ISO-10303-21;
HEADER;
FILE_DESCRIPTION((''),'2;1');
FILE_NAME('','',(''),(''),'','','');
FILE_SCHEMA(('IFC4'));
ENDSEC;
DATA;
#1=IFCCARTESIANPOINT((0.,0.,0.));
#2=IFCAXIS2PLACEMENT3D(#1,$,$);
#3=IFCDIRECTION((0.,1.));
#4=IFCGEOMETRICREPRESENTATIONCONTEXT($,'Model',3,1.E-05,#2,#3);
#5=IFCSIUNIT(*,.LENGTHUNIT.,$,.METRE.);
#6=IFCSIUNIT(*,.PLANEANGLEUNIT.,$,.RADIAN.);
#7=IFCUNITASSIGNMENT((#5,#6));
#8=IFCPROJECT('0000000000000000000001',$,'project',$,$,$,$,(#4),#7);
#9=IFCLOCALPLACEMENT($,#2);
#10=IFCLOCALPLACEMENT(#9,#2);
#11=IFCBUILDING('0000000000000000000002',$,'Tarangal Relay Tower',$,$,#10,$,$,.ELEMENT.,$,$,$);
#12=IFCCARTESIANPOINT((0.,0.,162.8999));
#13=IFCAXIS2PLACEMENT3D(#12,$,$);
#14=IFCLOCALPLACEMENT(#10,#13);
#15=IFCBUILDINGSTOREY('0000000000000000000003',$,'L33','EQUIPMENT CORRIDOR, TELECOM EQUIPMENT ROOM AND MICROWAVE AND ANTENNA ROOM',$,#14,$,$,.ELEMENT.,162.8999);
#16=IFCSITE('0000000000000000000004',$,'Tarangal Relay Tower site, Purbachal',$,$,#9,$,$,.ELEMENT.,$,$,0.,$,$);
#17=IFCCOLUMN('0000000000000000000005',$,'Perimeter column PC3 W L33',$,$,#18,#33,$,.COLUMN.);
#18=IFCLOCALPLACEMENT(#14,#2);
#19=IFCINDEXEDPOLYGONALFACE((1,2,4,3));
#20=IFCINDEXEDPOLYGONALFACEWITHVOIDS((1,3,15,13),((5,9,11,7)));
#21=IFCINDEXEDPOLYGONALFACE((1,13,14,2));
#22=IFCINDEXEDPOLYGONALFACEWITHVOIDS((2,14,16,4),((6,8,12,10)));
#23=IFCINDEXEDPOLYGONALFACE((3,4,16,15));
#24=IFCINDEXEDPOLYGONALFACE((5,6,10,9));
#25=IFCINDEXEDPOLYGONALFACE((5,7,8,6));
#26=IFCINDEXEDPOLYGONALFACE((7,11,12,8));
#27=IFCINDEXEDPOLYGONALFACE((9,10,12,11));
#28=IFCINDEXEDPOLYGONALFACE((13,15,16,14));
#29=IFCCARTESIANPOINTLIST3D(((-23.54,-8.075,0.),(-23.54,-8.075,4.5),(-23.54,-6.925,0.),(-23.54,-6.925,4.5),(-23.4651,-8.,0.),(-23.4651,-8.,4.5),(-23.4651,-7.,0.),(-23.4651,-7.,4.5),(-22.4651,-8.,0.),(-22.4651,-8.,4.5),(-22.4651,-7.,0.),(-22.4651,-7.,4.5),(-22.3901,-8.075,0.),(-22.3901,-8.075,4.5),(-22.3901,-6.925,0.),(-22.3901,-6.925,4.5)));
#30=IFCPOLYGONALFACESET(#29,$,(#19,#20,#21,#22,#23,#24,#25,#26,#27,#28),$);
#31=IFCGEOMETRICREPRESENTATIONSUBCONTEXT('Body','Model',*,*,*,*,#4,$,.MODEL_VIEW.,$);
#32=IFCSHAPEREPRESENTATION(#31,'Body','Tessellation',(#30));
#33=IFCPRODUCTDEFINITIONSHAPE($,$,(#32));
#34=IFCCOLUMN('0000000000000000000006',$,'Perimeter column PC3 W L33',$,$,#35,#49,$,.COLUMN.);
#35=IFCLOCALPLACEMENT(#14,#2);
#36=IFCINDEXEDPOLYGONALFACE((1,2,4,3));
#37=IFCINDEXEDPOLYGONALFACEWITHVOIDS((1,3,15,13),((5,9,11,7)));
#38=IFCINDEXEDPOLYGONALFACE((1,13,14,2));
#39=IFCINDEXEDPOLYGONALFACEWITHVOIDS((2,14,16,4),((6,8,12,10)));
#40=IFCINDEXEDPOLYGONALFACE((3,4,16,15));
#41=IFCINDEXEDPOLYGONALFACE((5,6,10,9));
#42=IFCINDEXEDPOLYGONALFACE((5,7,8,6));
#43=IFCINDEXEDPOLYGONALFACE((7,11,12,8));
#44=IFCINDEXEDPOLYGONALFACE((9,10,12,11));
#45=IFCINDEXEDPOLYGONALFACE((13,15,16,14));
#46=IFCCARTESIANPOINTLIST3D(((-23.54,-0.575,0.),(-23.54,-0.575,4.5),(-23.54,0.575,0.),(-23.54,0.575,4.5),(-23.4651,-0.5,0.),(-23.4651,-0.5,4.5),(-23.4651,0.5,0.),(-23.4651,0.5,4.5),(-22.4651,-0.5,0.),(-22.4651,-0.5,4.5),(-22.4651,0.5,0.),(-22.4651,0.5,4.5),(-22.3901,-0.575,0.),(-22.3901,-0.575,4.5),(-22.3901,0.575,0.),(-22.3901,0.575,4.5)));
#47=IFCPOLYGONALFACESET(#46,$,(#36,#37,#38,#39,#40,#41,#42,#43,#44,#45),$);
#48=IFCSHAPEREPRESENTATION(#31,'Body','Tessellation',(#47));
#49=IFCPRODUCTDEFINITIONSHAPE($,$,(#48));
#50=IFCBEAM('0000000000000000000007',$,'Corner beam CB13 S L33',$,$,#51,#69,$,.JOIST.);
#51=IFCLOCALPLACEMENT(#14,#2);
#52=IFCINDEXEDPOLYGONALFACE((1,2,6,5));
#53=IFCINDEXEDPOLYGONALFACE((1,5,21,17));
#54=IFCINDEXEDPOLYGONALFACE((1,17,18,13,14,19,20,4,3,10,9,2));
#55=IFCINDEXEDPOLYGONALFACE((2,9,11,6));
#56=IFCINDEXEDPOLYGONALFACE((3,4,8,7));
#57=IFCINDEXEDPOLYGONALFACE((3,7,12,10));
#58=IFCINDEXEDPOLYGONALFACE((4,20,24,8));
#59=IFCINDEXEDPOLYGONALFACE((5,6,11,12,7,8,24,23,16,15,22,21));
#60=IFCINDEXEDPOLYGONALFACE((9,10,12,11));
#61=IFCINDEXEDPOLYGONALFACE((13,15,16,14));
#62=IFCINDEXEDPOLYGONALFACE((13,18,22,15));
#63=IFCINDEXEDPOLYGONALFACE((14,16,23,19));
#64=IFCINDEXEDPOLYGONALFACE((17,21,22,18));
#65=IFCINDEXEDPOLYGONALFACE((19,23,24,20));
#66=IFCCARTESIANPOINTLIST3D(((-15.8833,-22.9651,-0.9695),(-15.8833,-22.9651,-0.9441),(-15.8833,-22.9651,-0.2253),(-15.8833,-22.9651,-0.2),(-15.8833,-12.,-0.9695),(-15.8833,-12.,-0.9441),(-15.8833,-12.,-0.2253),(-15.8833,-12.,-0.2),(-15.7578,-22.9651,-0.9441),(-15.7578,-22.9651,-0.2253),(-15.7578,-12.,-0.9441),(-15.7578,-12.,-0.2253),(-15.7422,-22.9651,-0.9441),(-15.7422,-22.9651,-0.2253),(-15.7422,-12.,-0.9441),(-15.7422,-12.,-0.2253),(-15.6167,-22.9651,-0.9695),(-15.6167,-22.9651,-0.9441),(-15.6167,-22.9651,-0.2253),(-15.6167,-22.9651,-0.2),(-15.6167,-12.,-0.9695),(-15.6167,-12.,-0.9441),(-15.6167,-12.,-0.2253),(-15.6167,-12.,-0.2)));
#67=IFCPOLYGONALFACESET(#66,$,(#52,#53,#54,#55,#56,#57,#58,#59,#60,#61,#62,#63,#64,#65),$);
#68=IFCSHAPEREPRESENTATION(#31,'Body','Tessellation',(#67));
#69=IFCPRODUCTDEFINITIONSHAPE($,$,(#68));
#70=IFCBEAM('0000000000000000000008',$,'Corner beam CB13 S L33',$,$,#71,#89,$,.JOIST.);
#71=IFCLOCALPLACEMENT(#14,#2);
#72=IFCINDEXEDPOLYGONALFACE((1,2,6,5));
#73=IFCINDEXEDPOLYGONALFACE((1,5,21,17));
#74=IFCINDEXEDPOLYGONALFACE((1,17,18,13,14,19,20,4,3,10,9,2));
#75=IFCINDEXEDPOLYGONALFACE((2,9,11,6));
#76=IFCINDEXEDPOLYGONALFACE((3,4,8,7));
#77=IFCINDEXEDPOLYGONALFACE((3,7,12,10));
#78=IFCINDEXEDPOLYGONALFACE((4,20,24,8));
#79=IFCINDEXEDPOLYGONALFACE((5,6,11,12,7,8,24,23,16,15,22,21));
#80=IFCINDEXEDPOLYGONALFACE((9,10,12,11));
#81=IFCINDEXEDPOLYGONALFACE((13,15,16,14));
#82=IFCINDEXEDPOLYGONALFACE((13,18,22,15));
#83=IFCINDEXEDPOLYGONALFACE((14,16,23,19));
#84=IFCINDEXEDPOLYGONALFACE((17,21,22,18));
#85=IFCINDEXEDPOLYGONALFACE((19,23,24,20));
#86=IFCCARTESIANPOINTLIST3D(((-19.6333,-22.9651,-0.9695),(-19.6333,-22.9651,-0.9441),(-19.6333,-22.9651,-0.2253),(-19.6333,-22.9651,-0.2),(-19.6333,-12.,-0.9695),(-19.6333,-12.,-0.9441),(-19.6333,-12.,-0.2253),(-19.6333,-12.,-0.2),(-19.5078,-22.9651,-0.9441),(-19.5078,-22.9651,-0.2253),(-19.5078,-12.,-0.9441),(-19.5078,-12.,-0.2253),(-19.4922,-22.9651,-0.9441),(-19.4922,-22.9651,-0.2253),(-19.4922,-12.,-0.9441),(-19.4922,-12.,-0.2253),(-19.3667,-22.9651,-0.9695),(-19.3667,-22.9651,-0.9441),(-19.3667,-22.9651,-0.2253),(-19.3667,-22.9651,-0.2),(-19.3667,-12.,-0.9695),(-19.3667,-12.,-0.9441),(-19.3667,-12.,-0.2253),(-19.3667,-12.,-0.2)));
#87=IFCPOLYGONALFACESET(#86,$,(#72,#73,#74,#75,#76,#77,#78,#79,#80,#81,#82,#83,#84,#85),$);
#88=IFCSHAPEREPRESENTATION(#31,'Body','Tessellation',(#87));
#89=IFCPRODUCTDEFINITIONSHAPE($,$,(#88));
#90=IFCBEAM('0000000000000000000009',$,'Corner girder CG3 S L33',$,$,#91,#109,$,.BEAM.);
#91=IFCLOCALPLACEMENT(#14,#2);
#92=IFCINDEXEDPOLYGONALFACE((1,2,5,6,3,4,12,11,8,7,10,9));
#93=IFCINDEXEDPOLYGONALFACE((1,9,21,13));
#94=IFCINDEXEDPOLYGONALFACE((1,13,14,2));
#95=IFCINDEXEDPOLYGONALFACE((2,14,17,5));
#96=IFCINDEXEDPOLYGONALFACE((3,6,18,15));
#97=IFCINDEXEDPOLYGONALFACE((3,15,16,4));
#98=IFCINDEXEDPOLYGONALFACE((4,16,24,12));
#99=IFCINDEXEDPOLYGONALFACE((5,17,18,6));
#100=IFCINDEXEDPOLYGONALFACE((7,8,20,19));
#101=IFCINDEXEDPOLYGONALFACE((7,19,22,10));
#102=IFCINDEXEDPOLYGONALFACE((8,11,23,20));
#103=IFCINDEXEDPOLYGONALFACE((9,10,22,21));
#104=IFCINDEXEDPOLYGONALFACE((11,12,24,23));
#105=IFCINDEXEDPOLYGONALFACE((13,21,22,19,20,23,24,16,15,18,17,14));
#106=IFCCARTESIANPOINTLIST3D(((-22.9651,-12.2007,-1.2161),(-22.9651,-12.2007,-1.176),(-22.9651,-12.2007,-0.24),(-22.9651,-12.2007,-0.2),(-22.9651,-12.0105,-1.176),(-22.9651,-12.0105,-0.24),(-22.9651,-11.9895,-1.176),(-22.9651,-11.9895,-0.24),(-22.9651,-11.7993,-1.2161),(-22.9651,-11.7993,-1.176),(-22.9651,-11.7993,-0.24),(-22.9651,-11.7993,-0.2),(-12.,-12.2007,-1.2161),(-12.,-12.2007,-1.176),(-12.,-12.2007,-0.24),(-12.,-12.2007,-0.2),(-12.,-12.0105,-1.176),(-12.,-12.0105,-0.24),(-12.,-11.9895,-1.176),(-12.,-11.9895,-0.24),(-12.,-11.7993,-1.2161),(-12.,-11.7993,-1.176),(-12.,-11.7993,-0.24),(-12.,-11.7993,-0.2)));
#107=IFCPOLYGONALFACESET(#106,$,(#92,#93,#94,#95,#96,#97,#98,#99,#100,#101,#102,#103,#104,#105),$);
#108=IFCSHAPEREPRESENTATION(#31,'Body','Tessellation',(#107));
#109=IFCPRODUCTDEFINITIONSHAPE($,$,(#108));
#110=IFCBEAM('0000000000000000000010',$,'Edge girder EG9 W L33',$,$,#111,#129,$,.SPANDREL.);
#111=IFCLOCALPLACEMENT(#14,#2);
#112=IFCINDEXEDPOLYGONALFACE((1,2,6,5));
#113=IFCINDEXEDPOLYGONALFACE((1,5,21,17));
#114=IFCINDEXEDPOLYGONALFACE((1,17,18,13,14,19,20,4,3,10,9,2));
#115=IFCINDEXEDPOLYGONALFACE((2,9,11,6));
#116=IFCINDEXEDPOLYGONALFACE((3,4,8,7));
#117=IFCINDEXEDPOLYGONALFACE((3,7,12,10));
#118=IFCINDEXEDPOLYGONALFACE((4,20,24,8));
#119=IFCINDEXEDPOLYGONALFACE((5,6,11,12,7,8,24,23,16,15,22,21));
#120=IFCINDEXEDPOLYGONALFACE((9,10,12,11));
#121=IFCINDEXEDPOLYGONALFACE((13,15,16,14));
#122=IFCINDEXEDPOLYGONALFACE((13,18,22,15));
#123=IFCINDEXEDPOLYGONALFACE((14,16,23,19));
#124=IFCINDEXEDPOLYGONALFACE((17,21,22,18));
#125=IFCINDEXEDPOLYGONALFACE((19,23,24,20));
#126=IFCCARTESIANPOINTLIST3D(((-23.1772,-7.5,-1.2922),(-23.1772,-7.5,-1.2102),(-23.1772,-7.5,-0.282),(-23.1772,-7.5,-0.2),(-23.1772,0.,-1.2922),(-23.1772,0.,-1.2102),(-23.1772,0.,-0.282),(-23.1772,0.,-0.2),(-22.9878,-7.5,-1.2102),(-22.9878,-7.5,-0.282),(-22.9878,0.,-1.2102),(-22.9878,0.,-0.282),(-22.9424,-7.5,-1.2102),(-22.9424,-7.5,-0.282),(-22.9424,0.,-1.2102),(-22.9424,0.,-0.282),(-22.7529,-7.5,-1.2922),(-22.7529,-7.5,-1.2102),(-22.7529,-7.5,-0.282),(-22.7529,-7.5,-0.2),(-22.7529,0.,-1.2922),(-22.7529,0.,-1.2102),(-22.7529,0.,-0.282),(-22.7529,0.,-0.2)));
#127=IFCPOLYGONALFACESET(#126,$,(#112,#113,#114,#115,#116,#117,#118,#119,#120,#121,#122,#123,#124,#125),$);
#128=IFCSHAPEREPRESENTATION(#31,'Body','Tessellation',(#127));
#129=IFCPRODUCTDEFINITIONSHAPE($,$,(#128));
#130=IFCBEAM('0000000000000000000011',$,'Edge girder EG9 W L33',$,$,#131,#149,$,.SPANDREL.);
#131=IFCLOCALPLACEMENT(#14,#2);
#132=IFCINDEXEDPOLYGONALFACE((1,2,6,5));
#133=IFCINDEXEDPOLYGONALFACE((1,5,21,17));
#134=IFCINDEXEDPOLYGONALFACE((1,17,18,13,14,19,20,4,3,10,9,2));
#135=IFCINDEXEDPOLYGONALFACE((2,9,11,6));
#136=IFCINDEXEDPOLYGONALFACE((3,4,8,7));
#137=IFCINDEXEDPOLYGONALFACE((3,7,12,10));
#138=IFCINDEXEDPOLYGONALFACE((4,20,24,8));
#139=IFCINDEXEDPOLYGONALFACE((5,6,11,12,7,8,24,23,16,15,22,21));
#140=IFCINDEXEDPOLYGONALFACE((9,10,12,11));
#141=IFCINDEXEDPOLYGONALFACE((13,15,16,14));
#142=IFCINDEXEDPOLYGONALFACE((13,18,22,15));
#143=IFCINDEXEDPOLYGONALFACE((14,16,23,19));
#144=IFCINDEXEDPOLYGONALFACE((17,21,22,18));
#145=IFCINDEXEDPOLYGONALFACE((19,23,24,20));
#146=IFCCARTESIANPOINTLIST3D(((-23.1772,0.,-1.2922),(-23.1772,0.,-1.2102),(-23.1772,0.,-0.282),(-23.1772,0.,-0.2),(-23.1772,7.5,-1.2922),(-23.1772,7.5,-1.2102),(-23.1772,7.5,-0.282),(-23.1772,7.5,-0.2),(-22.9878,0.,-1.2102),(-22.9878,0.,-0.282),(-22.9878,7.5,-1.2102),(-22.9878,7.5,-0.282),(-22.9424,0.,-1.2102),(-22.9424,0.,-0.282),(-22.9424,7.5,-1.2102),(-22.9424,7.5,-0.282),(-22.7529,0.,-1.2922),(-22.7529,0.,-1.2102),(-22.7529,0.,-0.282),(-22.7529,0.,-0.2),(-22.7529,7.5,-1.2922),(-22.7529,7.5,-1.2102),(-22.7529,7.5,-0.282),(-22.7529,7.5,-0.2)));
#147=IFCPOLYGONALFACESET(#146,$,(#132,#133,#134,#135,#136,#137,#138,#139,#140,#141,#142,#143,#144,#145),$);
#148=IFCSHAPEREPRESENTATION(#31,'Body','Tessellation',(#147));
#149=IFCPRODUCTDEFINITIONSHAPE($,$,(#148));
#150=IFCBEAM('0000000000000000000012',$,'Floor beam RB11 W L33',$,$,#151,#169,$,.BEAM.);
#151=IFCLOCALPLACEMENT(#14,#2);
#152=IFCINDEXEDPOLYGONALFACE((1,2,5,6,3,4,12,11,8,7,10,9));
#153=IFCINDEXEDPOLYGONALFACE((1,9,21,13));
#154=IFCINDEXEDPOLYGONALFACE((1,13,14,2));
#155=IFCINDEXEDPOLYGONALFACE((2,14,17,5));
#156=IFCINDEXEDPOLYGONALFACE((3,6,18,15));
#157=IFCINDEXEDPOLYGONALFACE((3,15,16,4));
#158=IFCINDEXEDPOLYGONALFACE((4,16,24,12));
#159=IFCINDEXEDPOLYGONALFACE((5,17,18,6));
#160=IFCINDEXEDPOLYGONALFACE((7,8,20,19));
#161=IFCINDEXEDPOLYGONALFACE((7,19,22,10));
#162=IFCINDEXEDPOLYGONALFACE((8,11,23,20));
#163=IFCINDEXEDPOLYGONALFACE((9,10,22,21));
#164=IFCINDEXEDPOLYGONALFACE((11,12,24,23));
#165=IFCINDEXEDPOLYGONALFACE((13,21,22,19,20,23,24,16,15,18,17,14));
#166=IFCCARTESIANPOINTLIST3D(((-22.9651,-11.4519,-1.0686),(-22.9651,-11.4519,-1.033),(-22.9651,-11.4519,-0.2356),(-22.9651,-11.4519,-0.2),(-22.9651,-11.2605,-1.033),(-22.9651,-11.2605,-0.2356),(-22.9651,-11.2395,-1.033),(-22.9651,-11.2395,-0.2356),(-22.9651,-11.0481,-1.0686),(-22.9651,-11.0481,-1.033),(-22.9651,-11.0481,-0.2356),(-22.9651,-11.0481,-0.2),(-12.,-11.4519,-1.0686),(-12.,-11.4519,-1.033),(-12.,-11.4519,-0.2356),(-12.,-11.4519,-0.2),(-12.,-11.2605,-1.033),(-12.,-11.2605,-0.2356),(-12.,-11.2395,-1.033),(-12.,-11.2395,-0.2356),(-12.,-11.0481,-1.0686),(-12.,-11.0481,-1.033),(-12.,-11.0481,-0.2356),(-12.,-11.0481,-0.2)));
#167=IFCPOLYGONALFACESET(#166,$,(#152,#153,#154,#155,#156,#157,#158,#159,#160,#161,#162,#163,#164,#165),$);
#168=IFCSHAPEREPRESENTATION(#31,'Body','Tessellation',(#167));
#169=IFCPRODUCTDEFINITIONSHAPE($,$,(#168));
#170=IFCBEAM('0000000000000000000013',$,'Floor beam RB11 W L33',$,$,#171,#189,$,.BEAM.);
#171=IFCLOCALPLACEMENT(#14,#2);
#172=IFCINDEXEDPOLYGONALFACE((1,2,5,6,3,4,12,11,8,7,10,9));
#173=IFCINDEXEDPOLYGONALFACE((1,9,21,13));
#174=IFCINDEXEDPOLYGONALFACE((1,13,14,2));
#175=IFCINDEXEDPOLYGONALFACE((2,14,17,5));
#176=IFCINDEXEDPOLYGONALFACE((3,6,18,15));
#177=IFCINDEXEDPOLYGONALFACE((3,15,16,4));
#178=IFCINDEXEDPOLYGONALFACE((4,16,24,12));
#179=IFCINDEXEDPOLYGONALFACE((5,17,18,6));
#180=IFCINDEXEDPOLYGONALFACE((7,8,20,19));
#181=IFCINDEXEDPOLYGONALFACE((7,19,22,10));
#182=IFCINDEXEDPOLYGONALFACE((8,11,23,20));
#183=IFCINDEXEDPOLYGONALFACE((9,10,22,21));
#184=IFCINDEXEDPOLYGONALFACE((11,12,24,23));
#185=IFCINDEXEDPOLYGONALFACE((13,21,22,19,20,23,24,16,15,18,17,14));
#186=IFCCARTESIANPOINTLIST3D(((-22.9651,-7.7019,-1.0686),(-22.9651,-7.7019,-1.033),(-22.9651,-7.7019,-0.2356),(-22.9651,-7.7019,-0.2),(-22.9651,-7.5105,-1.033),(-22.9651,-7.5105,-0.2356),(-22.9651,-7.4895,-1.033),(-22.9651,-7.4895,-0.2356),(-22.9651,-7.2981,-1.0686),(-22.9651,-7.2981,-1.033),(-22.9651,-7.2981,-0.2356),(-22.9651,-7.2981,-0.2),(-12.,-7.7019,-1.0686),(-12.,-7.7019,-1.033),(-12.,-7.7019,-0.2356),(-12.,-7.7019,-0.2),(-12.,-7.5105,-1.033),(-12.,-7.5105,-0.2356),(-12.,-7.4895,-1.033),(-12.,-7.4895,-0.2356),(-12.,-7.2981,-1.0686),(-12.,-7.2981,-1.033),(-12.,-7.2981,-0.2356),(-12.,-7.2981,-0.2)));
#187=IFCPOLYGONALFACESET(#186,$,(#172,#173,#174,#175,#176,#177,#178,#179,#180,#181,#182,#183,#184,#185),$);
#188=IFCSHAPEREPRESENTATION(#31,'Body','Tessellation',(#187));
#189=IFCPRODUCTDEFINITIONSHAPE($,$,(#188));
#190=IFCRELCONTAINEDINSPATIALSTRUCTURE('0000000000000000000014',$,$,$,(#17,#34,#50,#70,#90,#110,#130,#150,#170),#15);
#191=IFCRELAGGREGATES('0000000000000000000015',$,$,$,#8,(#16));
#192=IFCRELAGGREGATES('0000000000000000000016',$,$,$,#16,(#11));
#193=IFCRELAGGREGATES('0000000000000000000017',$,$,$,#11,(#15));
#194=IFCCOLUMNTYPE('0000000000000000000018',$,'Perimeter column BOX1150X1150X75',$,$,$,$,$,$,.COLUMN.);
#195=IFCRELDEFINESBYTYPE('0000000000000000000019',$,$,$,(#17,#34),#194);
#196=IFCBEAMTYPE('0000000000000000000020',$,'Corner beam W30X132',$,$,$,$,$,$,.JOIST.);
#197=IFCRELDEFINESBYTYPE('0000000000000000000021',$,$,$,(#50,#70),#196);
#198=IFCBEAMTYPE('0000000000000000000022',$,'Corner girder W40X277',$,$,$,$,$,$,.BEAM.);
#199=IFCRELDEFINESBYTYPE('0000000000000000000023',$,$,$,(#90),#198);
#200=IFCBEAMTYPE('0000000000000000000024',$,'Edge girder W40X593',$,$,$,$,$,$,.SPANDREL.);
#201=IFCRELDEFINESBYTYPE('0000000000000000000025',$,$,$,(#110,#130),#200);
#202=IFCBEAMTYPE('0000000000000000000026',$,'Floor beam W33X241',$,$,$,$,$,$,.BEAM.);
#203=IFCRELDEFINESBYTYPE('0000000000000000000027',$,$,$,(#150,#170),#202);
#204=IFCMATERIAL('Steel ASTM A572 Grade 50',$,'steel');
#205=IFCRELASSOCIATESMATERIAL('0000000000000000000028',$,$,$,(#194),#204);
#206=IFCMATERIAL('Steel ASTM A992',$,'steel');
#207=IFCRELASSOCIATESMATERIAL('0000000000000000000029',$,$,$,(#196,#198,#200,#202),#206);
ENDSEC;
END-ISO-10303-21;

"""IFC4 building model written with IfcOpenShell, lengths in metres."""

from ifc_helpers import new_model, si_unit, direction, frame, origin, origin_2d, place, context, subcontext, project, spatial, hollow_rectangle, i_section, extrude, material, material_profile, profile_set, type_object, element, save


model = new_model("IFC4")

# Units and contexts
model_context = context("Model", 3, precision=1e-05, world=origin(), true_north=direction((0.0, 1.0)))
body_context = subcontext(model_context, "Body", "Model", "MODEL_VIEW")
ifc_project = project(units=[si_unit("LENGTHUNIT", "METRE"), si_unit("PLANEANGLEUNIT", "RADIAN")], contexts=[model_context])

# Site, building, storey
site_placement = place(None, origin())
site = spatial("IfcSite", under=ifc_project, at=site_placement, Name="Tarangal Relay Tower site, Purbachal", CompositionType="ELEMENT", RefElevation=0.0)
building_placement = place(site_placement, origin())
building = spatial("IfcBuilding", under=site, at=building_placement, Name="Tarangal Relay Tower", CompositionType="ELEMENT")
storey_placement = place(building_placement, frame((0.0, 0.0, 162.8999)))
storey = spatial("IfcBuildingStorey", under=building, at=storey_placement, Name="L33", Description="EQUIPMENT CORRIDOR, TELECOM EQUIPMENT ROOM AND MICROWAVE AND ANTENNA ROOM", CompositionType="ELEMENT", Elevation=162.8999)

# Columns
ifc_material_1 = material(Name="Steel ASTM A572 Grade 50", Category="steel")
ifc_material_profile_1 = material_profile(ifc_material_1, hollow_rectangle(XDim=1.1499, YDim=1.1499, WallThickness=0.075, at=origin_2d()), Name="BOX1150X1150X75")
ifc_profile_set_1 = profile_set([ifc_material_profile_1], Name="Steel ASTM A572 Grade 50")
column_type = type_object("IfcColumnType", Name="Perimeter column BOX1150X1150X75", PredefinedType="COLUMN", material=ifc_profile_set_1)
for number, where, z_axis, x_axis, name in (
    (1, (-22.9651, -7.5, 0.0), (0.0, 0.0, 1.0), (1.0, 0.0, 0.0), "Perimeter column PC3 W L33"),
    (2, (-22.9651, 0.0, 0.0), (0.0, 0.0, 1.0), (1.0, 0.0, 0.0), "Perimeter column PC3 W L33"),
):
    element("IfcColumn", number, at=place(storey_placement, frame(where, z_axis=z_axis, x_axis=x_axis)), inside=storey, type_object=column_type, Name=name, PredefinedType="COLUMN", context=body_context, shape_type="SweptSolid", body=[
        extrude(hollow_rectangle(XDim=1.1499, YDim=1.1499, WallThickness=0.075, at=origin_2d()), origin(), (0.0, 0.0, 1.0), 4.5),
    ])

# Beams
ifc_material_2 = material(Name="Steel ASTM A992", Category="steel")
ifc_material_profile_2 = material_profile(ifc_material_2, i_section(OverallWidth=0.2666, OverallDepth=0.7695, WebThickness=0.0156, FlangeThickness=0.0254, at=origin_2d()), Name="W30X132")
ifc_profile_set_2 = profile_set([ifc_material_profile_2], Name="Steel ASTM A992")
beam_type_1 = type_object("IfcBeamType", Name="Corner beam W30X132", PredefinedType="JOIST", material=ifc_profile_set_2)
for number, where, z_axis, x_axis, name in (
    (3, (-15.75, -12.0, -0.5847), (0.0, -1.0, 0.0), (1.0, 0.0, 0.0), "Corner beam CB13 S L33"),
    (4, (-19.5, -12.0, -0.5847), (0.0, -1.0, 0.0), (1.0, 0.0, 0.0), "Corner beam CB13 S L33"),
):
    element("IfcBeam", number, at=place(storey_placement, frame(where, z_axis=z_axis, x_axis=x_axis)), inside=storey, type_object=beam_type_1, Name=name, PredefinedType="JOIST", context=body_context, shape_type="SweptSolid", body=[
        extrude(i_section(OverallWidth=0.2666, OverallDepth=0.7695, WebThickness=0.0156, FlangeThickness=0.0254, at=origin_2d()), origin(), (0.0, 0.0, 1.0), 10.9651),
    ])
ifc_material_profile_3 = material_profile(ifc_material_2, i_section(OverallWidth=0.4014, OverallDepth=1.0161, WebThickness=0.021, FlangeThickness=0.04, at=origin_2d()), Name="W40X277")
ifc_profile_set_3 = profile_set([ifc_material_profile_3], Name="Steel ASTM A992")
beam_type_2 = type_object("IfcBeamType", Name="Corner girder W40X277", PredefinedType="BEAM", material=ifc_profile_set_3)
beam_placement = place(storey_placement, frame((-12.0, -12.0, -0.708), z_axis=(-1.0, 0.0, 0.0), x_axis=(0.0, -1.0, 0.0)))
element("IfcBeam", 5, at=beam_placement, inside=storey, type_object=beam_type_2, Name="Corner girder CG3 S L33", PredefinedType="BEAM", context=body_context, shape_type="SweptSolid", body=[
    extrude(i_section(OverallWidth=0.4014, OverallDepth=1.0161, WebThickness=0.021, FlangeThickness=0.04, at=origin_2d()), origin(), (0.0, 0.0, 1.0), 10.9651),
])
ifc_material_profile_4 = material_profile(ifc_material_2, i_section(OverallWidth=0.4243, OverallDepth=1.0923, WebThickness=0.0454, FlangeThickness=0.082, at=origin_2d()), Name="W40X593")
ifc_profile_set_4 = profile_set([ifc_material_profile_4], Name="Steel ASTM A992")
beam_type_3 = type_object("IfcBeamType", Name="Edge girder W40X593", PredefinedType="SPANDREL", material=ifc_profile_set_4)
for number, where, z_axis, x_axis, name in (
    (6, (-22.9651, -7.5, -0.7461), (0.0, 1.0, 0.0), (-1.0, 0.0, 0.0), "Edge girder EG9 W L33"),
    (7, (-22.9651, 0.0, -0.7461), (0.0, 1.0, 0.0), (-1.0, 0.0, 0.0), "Edge girder EG9 W L33"),
):
    element("IfcBeam", number, at=place(storey_placement, frame(where, z_axis=z_axis, x_axis=x_axis)), inside=storey, type_object=beam_type_3, Name=name, PredefinedType="SPANDREL", context=body_context, shape_type="SweptSolid", body=[
        extrude(i_section(OverallWidth=0.4243, OverallDepth=1.0923, WebThickness=0.0454, FlangeThickness=0.082, at=origin_2d()), origin(), (0.0, 0.0, 1.0), 7.5),
    ])
ifc_material_profile_5 = material_profile(ifc_material_2, i_section(OverallWidth=0.4038, OverallDepth=0.8687, WebThickness=0.021, FlangeThickness=0.0356, at=origin_2d()), Name="W33X241")
ifc_profile_set_5 = profile_set([ifc_material_profile_5], Name="Steel ASTM A992")
beam_type_4 = type_object("IfcBeamType", Name="Floor beam W33X241", PredefinedType="BEAM", material=ifc_profile_set_5)
for number, where, z_axis, x_axis, name in (
    (8, (-12.0, -11.25, -0.6343), (-1.0, 0.0, 0.0), (0.0, -1.0, 0.0), "Floor beam RB11 W L33"),
    (9, (-12.0, -7.5, -0.6343), (-1.0, 0.0, 0.0), (0.0, -1.0, 0.0), "Floor beam RB11 W L33"),
):
    element("IfcBeam", number, at=place(storey_placement, frame(where, z_axis=z_axis, x_axis=x_axis)), inside=storey, type_object=beam_type_4, Name=name, PredefinedType="BEAM", context=body_context, shape_type="SweptSolid", body=[
        extrude(i_section(OverallWidth=0.4038, OverallDepth=0.8687, WebThickness=0.021, FlangeThickness=0.0356, at=origin_2d()), origin(), (0.0, 0.0, 1.0), 10.9651),
    ])

save(model, "model.ifc")
